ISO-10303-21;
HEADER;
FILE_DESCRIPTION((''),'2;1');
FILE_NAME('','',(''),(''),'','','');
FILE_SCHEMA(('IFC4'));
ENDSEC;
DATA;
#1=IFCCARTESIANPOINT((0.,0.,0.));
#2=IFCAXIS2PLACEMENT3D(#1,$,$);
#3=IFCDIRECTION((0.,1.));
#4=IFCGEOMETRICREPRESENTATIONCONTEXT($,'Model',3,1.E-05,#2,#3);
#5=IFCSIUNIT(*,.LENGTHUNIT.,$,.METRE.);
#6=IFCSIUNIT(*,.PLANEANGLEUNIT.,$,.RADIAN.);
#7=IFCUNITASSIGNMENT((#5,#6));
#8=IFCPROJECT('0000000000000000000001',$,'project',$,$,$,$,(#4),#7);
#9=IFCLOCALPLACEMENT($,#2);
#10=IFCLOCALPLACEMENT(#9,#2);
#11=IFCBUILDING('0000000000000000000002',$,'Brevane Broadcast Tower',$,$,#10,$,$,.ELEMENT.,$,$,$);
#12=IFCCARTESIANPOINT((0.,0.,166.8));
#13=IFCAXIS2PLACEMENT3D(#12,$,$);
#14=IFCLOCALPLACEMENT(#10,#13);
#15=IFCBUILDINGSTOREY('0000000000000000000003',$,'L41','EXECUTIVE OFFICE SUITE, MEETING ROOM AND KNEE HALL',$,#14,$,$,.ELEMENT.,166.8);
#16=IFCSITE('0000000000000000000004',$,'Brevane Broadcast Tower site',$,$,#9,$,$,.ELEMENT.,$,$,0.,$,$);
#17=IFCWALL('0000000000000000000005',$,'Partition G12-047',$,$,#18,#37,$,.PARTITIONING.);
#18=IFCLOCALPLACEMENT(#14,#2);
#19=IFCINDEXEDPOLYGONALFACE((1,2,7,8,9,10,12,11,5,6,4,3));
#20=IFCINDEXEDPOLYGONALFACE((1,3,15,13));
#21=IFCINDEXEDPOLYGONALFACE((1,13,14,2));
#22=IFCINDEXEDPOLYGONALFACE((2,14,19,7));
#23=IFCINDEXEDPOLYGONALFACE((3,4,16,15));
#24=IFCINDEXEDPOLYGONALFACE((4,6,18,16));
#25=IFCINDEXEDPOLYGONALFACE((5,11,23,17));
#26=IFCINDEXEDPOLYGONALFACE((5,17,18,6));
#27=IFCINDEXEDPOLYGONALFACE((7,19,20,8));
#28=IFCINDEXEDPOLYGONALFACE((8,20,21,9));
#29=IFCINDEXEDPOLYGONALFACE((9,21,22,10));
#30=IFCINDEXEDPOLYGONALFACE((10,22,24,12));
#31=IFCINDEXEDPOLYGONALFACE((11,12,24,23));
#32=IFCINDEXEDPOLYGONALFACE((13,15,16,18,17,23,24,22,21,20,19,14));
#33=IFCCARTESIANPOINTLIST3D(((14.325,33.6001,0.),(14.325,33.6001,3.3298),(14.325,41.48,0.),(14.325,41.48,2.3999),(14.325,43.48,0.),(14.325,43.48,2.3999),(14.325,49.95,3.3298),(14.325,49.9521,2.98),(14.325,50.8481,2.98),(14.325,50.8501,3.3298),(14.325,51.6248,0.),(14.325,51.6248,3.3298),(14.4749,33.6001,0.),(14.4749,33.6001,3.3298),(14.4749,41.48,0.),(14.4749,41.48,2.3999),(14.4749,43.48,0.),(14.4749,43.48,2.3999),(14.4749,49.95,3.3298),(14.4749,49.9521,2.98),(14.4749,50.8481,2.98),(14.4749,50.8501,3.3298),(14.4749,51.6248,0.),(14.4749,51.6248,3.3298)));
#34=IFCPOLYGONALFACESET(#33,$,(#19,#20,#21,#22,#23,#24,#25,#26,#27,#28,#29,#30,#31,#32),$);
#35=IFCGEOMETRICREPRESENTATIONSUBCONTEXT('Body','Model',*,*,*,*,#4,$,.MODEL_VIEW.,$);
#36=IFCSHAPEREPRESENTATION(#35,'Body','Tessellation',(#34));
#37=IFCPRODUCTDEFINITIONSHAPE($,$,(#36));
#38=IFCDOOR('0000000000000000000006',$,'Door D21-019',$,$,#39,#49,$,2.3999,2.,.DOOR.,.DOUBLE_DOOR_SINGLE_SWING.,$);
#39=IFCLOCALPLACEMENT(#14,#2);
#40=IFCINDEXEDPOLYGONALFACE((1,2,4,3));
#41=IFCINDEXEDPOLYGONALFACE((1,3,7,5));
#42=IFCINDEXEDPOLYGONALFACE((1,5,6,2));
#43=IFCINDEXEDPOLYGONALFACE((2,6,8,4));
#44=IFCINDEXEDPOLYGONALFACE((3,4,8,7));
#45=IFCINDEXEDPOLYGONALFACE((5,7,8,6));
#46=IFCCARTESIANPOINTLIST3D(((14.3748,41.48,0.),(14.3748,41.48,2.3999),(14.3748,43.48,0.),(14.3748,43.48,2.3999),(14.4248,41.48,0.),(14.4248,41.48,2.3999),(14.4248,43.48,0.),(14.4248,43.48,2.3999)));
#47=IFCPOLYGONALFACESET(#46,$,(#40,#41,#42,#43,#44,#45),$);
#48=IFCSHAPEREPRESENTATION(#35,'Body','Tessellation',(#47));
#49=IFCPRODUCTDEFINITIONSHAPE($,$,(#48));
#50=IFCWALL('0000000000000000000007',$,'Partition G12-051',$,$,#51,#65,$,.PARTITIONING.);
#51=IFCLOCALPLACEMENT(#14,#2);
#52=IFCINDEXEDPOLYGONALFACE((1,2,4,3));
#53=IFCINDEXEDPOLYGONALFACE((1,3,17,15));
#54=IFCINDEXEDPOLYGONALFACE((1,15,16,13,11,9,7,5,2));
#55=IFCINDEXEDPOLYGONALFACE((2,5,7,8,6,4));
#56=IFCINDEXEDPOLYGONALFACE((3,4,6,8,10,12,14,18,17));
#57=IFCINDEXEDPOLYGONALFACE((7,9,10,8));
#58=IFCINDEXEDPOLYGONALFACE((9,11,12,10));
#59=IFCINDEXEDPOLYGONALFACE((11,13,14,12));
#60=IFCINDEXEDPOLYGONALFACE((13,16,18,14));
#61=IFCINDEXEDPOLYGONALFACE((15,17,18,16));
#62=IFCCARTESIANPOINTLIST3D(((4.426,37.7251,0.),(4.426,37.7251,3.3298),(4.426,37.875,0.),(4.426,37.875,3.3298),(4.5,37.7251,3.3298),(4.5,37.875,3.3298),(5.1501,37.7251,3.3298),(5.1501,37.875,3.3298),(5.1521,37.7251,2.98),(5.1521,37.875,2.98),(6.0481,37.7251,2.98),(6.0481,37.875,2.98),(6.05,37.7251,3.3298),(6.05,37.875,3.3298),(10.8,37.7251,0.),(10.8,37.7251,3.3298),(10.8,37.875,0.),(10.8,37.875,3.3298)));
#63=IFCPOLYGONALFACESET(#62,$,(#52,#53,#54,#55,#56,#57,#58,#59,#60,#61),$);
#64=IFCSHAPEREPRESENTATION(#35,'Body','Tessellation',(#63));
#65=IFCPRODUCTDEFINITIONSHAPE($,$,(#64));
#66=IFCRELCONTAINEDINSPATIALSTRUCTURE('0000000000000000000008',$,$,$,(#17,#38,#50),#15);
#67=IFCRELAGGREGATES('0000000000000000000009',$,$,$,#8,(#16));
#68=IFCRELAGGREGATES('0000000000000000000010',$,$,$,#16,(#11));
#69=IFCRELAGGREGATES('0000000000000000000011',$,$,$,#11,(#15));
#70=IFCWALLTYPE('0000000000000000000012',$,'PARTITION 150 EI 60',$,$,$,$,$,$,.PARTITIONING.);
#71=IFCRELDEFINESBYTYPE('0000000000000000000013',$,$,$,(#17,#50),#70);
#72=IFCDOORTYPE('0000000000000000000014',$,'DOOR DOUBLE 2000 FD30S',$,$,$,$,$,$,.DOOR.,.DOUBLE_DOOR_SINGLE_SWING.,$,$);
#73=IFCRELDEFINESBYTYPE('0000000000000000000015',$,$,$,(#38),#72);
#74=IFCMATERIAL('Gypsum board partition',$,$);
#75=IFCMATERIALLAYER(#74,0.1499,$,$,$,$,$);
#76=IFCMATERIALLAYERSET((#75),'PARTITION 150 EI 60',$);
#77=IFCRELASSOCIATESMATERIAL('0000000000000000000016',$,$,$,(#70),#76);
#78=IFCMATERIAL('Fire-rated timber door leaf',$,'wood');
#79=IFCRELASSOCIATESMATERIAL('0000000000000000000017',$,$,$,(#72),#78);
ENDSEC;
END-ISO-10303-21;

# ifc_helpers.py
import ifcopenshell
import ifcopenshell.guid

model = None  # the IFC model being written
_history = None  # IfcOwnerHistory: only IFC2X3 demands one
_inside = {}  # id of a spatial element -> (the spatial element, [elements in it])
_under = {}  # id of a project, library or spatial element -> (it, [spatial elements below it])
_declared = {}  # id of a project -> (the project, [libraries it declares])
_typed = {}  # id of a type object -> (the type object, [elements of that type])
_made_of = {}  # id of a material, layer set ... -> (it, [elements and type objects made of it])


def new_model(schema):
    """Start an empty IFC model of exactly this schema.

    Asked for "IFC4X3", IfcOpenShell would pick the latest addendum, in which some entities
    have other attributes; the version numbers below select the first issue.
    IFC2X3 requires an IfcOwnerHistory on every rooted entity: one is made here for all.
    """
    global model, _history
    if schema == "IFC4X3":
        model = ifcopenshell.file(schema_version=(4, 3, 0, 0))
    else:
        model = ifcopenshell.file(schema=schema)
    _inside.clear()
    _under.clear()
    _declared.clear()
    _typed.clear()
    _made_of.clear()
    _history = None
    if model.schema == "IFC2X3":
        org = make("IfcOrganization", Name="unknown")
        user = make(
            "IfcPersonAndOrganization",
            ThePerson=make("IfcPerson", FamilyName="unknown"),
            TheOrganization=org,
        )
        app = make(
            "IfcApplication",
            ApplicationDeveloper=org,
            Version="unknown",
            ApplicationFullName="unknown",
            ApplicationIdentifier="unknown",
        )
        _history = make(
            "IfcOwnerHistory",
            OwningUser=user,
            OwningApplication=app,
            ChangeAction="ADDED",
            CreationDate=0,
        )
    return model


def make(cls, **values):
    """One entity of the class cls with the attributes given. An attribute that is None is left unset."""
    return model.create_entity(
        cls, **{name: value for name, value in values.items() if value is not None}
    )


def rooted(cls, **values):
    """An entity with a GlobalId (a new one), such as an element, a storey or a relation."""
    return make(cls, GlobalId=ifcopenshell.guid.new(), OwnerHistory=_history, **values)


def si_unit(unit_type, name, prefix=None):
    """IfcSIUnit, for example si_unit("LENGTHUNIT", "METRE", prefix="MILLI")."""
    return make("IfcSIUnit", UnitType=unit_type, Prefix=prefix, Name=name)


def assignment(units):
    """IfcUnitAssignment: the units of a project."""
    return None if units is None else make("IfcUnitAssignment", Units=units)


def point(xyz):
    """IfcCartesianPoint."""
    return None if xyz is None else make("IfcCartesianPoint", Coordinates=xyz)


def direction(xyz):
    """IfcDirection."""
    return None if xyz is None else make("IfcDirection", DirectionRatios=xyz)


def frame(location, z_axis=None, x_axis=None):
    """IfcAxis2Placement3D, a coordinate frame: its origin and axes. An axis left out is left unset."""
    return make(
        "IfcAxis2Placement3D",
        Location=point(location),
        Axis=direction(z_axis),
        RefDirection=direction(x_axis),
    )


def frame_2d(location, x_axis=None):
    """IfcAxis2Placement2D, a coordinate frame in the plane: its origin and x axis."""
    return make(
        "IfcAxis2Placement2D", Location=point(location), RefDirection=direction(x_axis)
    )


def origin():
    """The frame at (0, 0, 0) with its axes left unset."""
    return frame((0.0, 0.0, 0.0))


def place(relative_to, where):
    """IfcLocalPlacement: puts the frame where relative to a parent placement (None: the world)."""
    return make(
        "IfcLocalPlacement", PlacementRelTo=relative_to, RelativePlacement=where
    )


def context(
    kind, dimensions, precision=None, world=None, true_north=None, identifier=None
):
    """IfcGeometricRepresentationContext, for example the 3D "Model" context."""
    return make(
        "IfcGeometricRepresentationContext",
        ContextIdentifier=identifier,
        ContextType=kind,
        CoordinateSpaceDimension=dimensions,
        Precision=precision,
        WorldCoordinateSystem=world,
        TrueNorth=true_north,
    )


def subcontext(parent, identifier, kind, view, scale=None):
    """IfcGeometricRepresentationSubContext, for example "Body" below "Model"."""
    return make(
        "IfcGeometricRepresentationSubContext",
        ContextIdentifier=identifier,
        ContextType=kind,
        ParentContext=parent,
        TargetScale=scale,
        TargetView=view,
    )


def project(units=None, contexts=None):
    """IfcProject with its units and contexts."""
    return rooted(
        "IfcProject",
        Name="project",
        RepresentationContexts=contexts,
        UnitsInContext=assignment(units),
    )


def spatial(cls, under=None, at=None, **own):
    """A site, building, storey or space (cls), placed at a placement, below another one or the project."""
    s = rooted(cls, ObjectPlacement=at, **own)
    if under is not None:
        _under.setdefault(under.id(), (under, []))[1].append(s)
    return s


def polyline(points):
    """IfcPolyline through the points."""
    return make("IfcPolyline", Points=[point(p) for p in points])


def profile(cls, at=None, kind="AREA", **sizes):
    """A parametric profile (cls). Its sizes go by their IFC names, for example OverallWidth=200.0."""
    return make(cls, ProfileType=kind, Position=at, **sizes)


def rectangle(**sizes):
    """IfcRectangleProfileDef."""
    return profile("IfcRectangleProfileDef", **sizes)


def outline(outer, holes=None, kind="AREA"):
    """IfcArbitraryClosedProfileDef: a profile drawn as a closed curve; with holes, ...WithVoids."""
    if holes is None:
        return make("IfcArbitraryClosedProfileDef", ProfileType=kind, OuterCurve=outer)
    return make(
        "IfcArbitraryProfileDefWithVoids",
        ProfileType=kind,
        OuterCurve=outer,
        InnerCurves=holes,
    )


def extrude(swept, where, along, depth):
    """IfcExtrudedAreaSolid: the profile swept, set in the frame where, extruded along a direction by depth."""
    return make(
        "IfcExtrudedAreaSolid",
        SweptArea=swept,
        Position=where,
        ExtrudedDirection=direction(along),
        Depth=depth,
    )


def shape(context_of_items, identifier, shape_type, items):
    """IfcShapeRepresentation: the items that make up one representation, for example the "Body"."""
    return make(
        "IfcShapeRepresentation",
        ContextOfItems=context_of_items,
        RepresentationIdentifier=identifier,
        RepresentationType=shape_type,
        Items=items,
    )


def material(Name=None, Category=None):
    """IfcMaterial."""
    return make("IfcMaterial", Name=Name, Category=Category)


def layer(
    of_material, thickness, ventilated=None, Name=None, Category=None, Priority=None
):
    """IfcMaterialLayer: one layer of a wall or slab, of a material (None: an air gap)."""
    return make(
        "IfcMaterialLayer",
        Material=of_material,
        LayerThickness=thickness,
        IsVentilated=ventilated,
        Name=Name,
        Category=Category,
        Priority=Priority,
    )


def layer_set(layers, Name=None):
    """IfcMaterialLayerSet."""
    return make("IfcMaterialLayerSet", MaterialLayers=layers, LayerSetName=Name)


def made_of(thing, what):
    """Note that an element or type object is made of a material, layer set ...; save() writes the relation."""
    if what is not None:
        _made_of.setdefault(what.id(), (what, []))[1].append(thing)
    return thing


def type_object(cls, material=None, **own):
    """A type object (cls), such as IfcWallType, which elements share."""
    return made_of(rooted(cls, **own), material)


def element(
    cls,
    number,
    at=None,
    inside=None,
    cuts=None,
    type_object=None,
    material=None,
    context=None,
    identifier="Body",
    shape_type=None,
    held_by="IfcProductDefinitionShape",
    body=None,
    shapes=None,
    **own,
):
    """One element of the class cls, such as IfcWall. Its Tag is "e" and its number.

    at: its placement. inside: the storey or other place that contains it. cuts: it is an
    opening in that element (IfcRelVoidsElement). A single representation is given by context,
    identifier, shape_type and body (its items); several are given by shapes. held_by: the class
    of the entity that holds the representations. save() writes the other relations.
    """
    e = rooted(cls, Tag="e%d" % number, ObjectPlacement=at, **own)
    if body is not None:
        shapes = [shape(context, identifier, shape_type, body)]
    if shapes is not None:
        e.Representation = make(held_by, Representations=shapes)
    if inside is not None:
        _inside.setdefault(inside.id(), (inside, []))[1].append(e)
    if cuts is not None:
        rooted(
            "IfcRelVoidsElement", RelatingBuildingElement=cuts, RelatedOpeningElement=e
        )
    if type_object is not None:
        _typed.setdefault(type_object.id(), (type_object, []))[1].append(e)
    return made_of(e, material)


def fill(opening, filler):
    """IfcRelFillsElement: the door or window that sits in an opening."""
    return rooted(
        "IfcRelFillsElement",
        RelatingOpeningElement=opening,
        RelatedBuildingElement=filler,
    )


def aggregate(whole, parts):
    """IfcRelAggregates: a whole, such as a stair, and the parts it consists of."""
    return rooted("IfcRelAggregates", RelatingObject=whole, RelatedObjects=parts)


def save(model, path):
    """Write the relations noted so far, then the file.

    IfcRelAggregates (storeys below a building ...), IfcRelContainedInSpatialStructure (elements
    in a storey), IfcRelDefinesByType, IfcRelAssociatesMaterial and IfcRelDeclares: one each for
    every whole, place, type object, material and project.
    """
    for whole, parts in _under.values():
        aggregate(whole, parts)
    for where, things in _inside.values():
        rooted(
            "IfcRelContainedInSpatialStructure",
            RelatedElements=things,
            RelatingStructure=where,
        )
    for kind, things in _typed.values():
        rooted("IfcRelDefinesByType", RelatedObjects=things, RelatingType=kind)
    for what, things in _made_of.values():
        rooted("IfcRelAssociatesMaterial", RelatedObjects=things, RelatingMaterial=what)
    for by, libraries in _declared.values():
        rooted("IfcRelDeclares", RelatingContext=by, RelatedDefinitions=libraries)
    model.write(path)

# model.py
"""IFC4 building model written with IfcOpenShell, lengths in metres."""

from ifc_helpers import new_model, si_unit, direction, frame, frame_2d, origin, place, context, subcontext, project, spatial, polyline, rectangle, outline, extrude, material, layer, layer_set, type_object, element, fill, save


model = new_model("IFC4")

# Units and contexts
model_context = context("Model", 3, precision=1e-05, world=origin(), true_north=direction((0.0, 1.0)))
body_context = subcontext(model_context, "Body", "Model", "MODEL_VIEW")
ifc_project = project(units=[si_unit("LENGTHUNIT", "METRE"), si_unit("PLANEANGLEUNIT", "RADIAN")], contexts=[model_context])

# Site, building, storey
site_placement = place(None, origin())
site = spatial("IfcSite", under=ifc_project, at=site_placement, Name="Brevane Broadcast Tower site", CompositionType="ELEMENT", RefElevation=0.0)
building_placement = place(site_placement, origin())
building = spatial("IfcBuilding", under=site, at=building_placement, Name="Brevane Broadcast Tower", CompositionType="ELEMENT")
storey_placement = place(building_placement, frame((0.0, 0.0, 166.8)))
storey = spatial("IfcBuildingStorey", under=building, at=storey_placement, Name="L41", Description="EXECUTIVE OFFICE SUITE, MEETING ROOM AND KNEE HALL", CompositionType="ELEMENT", Elevation=166.8)

# Shared definitions
ifc_material_1 = material(Name="Gypsum board partition")
ifc_layer_1 = layer(ifc_material_1, 0.1499)
ifc_layer_set_1 = layer_set([ifc_layer_1], Name="PARTITION 150 EI 60")
wall_type_1 = type_object("IfcWallType", Name="PARTITION 150 EI 60", PredefinedType="PARTITIONING", material=ifc_layer_set_1)
ifc_material_2 = material(Name="Fire-rated timber door leaf", Category="wood")

# Wall, opening, door
wall_1_placement = place(storey_placement, frame((14.3999, 51.6248, 0.0), z_axis=(0.0, 0.0, 1.0), x_axis=(0.0, -1.0, 0.0)))
wall_1 = element("IfcWall", 1, at=wall_1_placement, inside=storey, type_object=wall_type_1, Name="Partition G12-047", PredefinedType="PARTITIONING", context=body_context, shape_type="SweptSolid", body=[
    extrude(outline(polyline([(0.0, 0.0), (18.0247, 0.0), (18.0247, 3.3298), (1.6748, 3.3298), (1.6726, 2.98), (0.7766, 2.98), (0.7747, 3.3298), (0.1448, 3.3298), (0.0, 3.3298), (0.0, 0.0)])), frame((0.0, 0.075, 0.0), z_axis=(0.0, -1.0, 0.0), x_axis=(1.0, 0.0, 0.0)), (0.0, 0.0, 1.0), 0.1499),
])
opening_1_placement = place(wall_1_placement, frame((8.1448, 0.0, 0.0)))
opening_1 = element("IfcOpeningElement", 2, at=opening_1_placement, cuts=wall_1, PredefinedType="OPENING", context=body_context, shape_type="SweptSolid", body=[
    extrude(rectangle(XDim=2.0, YDim=2.3999, at=frame_2d((1.0, 1.2))), frame((0.0, 0.085, 0.0), z_axis=(0.0, -1.0, 0.0), x_axis=(1.0, 0.0, 0.0)), (0.0, 0.0, 1.0), 0.1699),
])
door_type_1 = type_object("IfcDoorType", Name="DOOR DOUBLE 2000 FD30S", OperationType="DOUBLE_DOOR_SINGLE_SWING", PredefinedType="DOOR", material=ifc_material_2)
door_1_placement = place(opening_1_placement, origin())
door_1 = element("IfcDoor", 3, at=door_1_placement, inside=storey, type_object=door_type_1, Name="Door D21-019", OperationType="DOUBLE_DOOR_SINGLE_SWING", OverallHeight=2.3999, OverallWidth=2.0, PredefinedType="DOOR", context=body_context, shape_type="SweptSolid", body=[
    extrude(rectangle(XDim=2.0, YDim=2.3999, at=frame_2d((1.0, 1.2))), frame((0.0, 0.0249, 0.0), z_axis=(0.0, -1.0, 0.0), x_axis=(1.0, 0.0, 0.0)), (0.0, 0.0, 1.0), 0.05),
])
fill(opening_1, door_1)

# Wall
wall_2_placement = place(storey_placement, frame((4.426, 37.8, 0.0), z_axis=(0.0, 0.0, 1.0), x_axis=(1.0, 0.0, 0.0)))
element("IfcWall", 4, at=wall_2_placement, inside=storey, type_object=wall_type_1, Name="Partition G12-051", PredefinedType="PARTITIONING", context=body_context, shape_type="SweptSolid", body=[
    extrude(outline(polyline([(0.0, 0.0), (6.374, 0.0), (6.374, 3.3298), (1.624, 3.3298), (1.6221, 2.98), (0.7261, 2.98), (0.7241, 3.3298), (0.074, 3.3298), (0.0, 3.3298), (0.0, 0.0)])), frame((0.0, 0.075, 0.0), z_axis=(0.0, -1.0, 0.0), x_axis=(1.0, 0.0, 0.0)), (0.0, 0.0, 1.0), 0.1499),
])

save(model, "model.ifc")
